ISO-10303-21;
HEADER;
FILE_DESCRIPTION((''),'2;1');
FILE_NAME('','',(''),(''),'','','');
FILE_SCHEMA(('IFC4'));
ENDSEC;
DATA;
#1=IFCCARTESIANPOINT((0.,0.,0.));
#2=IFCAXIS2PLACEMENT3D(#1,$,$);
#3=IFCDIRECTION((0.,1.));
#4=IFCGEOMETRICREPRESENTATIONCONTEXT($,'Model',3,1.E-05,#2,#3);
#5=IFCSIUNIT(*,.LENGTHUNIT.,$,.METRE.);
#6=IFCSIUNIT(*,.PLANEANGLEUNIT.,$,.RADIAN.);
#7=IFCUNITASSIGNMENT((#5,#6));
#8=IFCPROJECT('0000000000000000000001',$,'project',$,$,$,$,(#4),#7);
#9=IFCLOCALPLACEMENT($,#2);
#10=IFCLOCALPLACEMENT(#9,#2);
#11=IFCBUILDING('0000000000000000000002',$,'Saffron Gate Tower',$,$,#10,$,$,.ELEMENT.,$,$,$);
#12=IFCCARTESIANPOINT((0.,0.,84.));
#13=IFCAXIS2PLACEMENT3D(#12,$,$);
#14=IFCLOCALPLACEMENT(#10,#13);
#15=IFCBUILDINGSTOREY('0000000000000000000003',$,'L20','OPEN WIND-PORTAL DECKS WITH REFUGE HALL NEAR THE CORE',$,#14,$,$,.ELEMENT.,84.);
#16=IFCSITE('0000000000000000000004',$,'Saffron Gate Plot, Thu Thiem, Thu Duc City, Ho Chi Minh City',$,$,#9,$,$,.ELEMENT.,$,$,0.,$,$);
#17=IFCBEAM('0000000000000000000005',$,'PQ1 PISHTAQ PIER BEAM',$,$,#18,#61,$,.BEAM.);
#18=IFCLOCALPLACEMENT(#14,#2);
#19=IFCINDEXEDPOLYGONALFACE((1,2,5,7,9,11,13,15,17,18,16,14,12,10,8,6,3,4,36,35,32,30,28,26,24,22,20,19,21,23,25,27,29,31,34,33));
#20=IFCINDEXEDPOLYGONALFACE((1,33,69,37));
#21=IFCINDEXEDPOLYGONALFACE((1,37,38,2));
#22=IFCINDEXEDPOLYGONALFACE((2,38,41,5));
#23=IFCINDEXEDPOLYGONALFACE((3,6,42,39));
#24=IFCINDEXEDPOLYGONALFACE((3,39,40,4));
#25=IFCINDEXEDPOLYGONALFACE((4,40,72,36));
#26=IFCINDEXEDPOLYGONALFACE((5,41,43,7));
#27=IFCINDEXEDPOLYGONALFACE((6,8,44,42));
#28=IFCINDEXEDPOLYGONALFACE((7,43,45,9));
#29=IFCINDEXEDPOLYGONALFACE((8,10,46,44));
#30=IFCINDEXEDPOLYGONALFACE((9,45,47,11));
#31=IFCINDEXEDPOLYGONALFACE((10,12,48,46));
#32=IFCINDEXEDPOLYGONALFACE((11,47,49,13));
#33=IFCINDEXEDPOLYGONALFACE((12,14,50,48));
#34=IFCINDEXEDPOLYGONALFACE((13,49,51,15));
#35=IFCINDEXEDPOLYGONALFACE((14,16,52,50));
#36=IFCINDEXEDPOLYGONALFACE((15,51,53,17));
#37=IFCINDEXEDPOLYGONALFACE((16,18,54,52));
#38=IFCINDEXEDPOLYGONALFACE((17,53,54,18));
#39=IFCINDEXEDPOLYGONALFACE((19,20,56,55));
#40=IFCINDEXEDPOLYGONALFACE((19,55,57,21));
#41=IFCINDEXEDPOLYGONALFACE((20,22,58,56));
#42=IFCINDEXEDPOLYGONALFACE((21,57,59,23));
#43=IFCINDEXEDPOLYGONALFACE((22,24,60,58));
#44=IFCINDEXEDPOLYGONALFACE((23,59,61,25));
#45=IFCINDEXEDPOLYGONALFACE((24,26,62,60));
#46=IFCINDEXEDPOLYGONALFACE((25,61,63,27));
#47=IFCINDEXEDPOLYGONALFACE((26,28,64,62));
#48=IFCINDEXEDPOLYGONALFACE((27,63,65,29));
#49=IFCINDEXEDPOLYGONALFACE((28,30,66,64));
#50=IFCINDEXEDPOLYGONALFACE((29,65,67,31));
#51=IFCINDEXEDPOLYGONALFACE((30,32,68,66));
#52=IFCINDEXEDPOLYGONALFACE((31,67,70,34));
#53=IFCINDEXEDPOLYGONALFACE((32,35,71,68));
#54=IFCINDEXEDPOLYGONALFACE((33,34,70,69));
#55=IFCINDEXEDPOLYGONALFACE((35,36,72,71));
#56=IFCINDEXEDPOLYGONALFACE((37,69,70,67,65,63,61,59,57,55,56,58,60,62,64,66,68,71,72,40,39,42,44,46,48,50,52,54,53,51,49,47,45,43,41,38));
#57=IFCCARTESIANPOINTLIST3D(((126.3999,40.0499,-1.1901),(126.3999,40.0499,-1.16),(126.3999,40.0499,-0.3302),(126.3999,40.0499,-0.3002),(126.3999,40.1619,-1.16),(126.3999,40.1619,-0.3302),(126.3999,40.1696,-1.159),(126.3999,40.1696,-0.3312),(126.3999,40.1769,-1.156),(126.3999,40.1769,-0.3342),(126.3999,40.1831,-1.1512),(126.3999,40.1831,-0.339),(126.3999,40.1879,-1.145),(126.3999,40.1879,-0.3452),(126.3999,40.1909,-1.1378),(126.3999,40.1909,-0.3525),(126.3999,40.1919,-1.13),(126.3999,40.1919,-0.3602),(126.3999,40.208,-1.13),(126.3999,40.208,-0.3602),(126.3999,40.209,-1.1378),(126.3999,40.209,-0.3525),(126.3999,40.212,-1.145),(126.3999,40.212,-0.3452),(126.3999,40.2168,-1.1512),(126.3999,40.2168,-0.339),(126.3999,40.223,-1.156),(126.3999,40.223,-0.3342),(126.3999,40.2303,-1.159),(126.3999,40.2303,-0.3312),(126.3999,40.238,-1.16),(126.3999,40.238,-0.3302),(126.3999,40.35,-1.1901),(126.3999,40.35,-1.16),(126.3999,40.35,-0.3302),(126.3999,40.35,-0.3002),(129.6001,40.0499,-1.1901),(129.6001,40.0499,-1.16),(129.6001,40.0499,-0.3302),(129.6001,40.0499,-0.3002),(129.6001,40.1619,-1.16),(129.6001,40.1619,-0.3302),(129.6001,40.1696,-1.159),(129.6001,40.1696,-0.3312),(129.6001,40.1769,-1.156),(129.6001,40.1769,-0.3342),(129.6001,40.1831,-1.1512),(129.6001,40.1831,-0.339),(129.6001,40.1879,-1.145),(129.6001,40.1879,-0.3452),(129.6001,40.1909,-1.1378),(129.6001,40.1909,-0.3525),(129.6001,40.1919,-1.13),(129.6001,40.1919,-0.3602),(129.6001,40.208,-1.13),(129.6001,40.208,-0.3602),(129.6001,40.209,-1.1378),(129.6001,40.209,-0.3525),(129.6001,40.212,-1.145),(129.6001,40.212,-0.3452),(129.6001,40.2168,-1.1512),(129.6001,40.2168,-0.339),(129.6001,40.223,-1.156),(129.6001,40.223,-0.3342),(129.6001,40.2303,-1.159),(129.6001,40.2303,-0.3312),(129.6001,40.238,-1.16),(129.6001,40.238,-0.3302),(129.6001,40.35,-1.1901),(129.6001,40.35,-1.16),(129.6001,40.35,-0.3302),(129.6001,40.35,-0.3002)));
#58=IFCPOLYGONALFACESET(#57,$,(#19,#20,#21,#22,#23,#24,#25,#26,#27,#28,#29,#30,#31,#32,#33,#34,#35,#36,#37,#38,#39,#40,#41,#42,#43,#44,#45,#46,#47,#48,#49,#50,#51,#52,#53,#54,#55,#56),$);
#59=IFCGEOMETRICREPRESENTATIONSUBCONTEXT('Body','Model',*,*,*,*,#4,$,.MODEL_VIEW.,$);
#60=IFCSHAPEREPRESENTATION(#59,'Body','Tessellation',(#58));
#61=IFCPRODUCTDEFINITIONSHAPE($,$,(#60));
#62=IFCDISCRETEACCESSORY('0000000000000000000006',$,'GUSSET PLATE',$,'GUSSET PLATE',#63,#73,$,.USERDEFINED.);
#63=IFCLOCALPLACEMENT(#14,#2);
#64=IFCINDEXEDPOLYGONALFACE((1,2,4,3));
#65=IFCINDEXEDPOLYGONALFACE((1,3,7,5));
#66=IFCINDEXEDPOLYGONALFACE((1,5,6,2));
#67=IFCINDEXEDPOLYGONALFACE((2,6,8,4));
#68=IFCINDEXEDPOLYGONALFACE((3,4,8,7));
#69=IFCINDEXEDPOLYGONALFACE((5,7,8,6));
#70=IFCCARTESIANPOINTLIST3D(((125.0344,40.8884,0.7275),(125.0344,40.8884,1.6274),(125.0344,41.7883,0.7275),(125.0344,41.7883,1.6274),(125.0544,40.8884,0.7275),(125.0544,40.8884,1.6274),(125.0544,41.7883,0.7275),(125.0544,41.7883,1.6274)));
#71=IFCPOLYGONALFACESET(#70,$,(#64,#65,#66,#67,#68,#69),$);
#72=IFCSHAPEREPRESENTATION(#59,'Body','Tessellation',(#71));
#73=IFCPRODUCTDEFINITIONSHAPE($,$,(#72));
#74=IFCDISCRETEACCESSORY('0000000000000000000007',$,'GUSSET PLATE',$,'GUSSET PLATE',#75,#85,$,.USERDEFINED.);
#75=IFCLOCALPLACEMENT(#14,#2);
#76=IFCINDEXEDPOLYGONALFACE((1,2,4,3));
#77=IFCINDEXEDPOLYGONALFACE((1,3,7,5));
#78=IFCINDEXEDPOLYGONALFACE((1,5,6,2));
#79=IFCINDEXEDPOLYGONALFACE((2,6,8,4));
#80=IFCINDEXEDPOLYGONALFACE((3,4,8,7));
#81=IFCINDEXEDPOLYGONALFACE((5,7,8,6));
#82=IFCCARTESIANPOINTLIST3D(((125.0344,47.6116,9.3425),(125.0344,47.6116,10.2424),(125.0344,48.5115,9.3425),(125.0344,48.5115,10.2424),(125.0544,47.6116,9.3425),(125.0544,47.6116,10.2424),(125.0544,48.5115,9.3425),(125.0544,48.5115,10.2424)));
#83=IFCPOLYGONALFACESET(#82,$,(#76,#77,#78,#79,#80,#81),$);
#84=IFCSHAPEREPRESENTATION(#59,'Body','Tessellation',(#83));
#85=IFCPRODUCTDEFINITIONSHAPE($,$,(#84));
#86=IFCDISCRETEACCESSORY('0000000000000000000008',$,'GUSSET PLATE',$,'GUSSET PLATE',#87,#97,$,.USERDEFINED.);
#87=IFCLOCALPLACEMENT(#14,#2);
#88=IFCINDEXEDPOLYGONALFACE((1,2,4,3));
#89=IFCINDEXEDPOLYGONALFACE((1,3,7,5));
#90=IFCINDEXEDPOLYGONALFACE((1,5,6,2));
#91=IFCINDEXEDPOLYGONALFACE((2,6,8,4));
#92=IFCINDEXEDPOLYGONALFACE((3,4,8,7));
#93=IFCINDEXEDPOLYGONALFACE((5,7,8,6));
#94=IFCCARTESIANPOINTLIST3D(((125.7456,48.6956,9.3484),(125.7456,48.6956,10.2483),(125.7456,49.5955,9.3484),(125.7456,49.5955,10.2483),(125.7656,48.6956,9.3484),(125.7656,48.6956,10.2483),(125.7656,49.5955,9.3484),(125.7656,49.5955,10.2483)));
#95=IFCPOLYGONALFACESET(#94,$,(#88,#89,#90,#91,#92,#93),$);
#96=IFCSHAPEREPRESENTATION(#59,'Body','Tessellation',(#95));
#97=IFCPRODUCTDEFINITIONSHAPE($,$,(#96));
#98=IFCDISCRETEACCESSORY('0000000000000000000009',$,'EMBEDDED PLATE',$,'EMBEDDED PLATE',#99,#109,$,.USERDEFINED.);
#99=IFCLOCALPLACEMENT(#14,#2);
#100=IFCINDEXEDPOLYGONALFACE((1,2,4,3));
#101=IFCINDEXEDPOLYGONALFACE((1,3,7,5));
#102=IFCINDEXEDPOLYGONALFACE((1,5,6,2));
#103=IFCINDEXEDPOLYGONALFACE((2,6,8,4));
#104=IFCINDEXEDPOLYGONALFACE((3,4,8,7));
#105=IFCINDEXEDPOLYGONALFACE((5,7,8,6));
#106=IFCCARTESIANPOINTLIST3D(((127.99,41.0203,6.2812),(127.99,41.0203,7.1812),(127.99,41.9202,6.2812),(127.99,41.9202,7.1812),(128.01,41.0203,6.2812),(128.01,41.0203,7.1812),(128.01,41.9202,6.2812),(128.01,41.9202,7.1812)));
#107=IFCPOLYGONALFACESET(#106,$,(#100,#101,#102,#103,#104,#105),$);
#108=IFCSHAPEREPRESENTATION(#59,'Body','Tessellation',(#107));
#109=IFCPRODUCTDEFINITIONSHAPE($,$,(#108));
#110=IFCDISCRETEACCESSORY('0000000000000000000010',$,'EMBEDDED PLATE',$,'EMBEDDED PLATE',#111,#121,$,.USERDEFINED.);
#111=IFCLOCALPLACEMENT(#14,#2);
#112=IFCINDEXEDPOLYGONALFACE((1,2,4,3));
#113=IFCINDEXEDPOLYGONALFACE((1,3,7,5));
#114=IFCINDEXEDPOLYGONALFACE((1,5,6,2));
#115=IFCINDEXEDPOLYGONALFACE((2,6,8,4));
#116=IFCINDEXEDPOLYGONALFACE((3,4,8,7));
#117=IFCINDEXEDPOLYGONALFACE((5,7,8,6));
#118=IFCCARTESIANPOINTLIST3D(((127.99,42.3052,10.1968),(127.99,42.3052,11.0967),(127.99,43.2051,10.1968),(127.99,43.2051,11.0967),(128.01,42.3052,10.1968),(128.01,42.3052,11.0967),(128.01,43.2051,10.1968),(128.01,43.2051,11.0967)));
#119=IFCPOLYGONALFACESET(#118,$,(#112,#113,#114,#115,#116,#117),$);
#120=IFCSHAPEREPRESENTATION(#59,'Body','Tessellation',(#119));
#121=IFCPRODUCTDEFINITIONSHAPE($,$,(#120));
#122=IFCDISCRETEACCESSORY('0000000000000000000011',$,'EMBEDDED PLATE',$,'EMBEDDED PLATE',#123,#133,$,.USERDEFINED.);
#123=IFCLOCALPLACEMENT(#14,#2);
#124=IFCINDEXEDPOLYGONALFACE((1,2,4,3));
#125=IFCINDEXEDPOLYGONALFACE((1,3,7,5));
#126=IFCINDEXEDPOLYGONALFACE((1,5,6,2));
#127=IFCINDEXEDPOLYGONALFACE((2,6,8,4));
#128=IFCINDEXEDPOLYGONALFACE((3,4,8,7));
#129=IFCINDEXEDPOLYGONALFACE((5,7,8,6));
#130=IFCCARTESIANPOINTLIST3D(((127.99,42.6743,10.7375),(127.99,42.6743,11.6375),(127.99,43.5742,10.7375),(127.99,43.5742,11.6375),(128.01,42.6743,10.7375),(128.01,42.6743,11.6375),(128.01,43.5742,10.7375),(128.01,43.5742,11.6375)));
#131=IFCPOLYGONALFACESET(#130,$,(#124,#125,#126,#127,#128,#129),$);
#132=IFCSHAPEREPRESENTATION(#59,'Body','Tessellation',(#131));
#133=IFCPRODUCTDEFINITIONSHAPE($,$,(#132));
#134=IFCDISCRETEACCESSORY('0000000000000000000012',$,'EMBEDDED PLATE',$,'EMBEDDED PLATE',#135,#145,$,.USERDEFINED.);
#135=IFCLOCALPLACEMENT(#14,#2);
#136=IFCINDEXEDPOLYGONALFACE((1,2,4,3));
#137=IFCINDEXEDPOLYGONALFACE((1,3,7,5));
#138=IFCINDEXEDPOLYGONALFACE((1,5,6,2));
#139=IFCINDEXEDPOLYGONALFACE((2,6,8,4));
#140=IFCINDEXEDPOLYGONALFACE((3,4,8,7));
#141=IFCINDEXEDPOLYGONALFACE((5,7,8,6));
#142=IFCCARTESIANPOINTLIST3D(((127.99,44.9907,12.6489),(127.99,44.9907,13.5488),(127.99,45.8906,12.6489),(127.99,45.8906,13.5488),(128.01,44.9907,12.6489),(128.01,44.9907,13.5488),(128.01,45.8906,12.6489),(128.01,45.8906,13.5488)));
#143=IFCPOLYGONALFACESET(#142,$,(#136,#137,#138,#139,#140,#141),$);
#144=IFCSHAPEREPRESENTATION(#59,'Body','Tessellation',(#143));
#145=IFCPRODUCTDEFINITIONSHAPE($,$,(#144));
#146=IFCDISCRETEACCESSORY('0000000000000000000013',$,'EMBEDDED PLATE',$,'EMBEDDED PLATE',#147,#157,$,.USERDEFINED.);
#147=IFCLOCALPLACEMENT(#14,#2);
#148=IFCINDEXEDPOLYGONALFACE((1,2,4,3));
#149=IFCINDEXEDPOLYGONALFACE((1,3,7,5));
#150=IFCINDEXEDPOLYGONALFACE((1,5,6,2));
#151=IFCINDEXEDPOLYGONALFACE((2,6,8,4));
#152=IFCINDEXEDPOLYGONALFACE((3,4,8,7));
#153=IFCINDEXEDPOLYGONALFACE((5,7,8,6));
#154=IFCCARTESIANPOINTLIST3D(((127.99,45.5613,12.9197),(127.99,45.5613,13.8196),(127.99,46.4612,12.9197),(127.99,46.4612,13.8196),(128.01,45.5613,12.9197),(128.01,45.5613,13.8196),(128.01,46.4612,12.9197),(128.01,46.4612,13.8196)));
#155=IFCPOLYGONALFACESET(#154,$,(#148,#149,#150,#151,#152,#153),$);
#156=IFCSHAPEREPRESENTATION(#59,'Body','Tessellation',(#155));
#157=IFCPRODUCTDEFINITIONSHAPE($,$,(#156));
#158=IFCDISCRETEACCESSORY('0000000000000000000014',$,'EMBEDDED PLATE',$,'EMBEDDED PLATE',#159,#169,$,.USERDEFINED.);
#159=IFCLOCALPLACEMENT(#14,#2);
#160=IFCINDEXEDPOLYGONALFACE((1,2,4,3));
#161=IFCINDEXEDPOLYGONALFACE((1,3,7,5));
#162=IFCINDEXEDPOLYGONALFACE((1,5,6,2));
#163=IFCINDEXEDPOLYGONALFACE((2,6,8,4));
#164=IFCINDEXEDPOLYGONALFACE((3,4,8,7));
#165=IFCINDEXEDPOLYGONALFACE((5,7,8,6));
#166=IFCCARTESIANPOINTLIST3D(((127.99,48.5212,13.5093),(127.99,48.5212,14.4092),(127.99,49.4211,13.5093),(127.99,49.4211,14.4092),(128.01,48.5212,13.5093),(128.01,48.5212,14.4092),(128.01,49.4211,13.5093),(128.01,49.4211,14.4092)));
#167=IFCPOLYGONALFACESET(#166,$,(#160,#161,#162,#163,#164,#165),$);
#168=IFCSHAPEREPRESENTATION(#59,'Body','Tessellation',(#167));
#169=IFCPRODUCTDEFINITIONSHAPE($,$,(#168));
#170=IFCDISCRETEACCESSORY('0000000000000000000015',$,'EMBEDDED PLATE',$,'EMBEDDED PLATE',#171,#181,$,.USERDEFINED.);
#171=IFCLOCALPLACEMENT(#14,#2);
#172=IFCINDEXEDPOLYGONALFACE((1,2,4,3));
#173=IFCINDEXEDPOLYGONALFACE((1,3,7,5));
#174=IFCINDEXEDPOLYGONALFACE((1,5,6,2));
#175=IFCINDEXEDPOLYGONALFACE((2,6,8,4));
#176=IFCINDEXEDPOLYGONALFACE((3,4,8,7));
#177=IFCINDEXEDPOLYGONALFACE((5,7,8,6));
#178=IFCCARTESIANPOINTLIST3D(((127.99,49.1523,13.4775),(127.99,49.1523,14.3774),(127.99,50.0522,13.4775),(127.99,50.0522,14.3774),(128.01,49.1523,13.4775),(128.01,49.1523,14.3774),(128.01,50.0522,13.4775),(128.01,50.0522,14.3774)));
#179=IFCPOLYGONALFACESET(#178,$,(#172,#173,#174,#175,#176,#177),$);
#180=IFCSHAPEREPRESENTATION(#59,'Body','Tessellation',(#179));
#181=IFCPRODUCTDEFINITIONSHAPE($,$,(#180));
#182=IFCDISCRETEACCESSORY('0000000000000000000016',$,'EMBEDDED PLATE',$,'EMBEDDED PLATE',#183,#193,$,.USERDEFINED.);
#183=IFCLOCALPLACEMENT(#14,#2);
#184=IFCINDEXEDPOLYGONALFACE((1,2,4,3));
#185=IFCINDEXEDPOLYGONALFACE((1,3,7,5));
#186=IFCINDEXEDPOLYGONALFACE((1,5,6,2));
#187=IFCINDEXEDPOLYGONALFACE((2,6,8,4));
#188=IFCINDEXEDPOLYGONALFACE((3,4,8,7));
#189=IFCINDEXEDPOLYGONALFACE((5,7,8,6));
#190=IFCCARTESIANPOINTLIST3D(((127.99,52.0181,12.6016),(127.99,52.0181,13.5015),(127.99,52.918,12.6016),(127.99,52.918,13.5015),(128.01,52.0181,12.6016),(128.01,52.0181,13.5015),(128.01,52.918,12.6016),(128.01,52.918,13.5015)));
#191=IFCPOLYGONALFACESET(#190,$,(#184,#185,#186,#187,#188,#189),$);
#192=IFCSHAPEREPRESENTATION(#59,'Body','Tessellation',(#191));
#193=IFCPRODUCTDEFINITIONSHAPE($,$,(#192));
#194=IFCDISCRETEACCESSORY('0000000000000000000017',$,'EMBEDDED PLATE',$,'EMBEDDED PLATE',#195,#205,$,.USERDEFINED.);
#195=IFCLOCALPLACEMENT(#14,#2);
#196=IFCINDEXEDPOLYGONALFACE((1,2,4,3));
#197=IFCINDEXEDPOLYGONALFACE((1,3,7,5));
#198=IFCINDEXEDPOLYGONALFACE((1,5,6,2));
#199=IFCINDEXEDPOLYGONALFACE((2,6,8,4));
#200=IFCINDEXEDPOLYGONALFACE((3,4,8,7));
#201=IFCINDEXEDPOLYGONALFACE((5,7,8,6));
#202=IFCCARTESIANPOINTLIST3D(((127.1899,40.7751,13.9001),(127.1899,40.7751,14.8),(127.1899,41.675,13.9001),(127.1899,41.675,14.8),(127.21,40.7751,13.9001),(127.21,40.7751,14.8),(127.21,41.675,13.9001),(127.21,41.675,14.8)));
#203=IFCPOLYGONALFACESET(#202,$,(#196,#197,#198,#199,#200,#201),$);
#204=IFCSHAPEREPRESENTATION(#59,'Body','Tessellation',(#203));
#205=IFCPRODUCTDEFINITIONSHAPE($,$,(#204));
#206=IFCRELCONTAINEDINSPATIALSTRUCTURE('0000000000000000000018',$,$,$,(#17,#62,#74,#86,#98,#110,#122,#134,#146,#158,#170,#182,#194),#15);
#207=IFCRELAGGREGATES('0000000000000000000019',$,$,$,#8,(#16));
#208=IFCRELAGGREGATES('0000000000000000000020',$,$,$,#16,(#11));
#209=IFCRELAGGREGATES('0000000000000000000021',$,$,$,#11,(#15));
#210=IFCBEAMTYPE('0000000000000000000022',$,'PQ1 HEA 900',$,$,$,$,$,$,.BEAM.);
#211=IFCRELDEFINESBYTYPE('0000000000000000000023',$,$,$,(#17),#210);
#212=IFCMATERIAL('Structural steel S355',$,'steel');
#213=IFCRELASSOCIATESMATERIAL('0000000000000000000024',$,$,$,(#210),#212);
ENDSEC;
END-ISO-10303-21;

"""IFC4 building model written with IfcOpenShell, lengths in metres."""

from ifc_helpers import new_model, si_unit, direction, frame, origin, origin_2d, place, context, subcontext, project, spatial, rectangle, i_section, extrude, material, material_profile, profile_set, type_object, element, save


model = new_model("IFC4")

# Units and contexts
model_context = context("Model", 3, precision=1e-05, world=origin(), true_north=direction((0.0, 1.0)))
body_context = subcontext(model_context, "Body", "Model", "MODEL_VIEW")
ifc_project = project(units=[si_unit("LENGTHUNIT", "METRE"), si_unit("PLANEANGLEUNIT", "RADIAN")], contexts=[model_context])

# Site, building, storey
site_placement = place(None, origin())
site = spatial("IfcSite", under=ifc_project, at=site_placement, Name="Saffron Gate Plot, Thu Thiem, Thu Duc City, Ho Chi Minh City", CompositionType="ELEMENT", RefElevation=0.0)
building_placement = place(site_placement, origin())
building = spatial("IfcBuilding", under=site, at=building_placement, Name="Saffron Gate Tower", CompositionType="ELEMENT")
storey_placement = place(building_placement, frame((0.0, 0.0, 84.0)))
storey = spatial("IfcBuildingStorey", under=building, at=storey_placement, Name="L20", Description="OPEN WIND-PORTAL DECKS WITH REFUGE HALL NEAR THE CORE", CompositionType="ELEMENT", Elevation=84.0)

# Shared definitions
ifc_material_1 = material(Name="Structural steel S355", Category="steel")

# Beam
ifc_material_profile_1 = material_profile(ifc_material_1, i_section(OverallWidth=0.3, OverallDepth=0.8899, WebThickness=0.0161, FlangeThickness=0.03, FilletRadius=0.03, at=origin_2d()))
ifc_profile_set_1 = profile_set([ifc_material_profile_1], Name="Structural steel S355")
beam_type_1 = type_object("IfcBeamType", Name="PQ1 HEA 900", PredefinedType="BEAM", material=ifc_profile_set_1)
beam_1_placement = place(storey_placement, frame((129.6001, 40.2, -0.7451), z_axis=(-1.0, 0.0, 0.0), x_axis=(0.0, -1.0, 0.0)))
element("IfcBeam", 1, at=beam_1_placement, inside=storey, type_object=beam_type_1, Name="PQ1 PISHTAQ PIER BEAM", PredefinedType="BEAM", context=body_context, shape_type="SweptSolid", body=[
    extrude(i_section(OverallWidth=0.3, OverallDepth=0.8899, WebThickness=0.0161, FlangeThickness=0.03, FilletRadius=0.03, at=origin_2d()), origin(), (0.0, 0.0, 1.0), 3.2002),
])

# Discrete accessories
for number, where, z_axis, x_axis, name in (
    (2, (125.0444, 41.3384, 0.7275), (0.0, 0.0, 1.0), (0.0, 1.0, 0.0), "GUSSET PLATE"),
    (3, (125.0444, 48.0615, 9.3425), (0.0, 0.0, 1.0), (0.0, 1.0, 0.0), "GUSSET PLATE"),
    (4, (125.7556, 49.1455, 9.3484), (0.0, 0.0, 1.0), (0.0, -1.0, 0.0), "GUSSET PLATE"),
):
    element("IfcDiscreteAccessory", number, at=place(storey_placement, frame(where, z_axis=z_axis, x_axis=x_axis)), inside=storey, Name=name, ObjectType="GUSSET PLATE", PredefinedType="USERDEFINED", context=body_context, shape_type="SweptSolid", body=[
        extrude(rectangle(XDim=0.8999, YDim=0.02, at=origin_2d()), origin(), (0.0, 0.0, 1.0), 0.8999),
    ])
for number, where, z_axis, x_axis, name in (
    (5, (128.0, 41.4702, 6.2812), (0.0, 0.0, 1.0), (0.0, 1.0, 0.0), "EMBEDDED PLATE"),
    (6, (128.0, 42.7551, 10.1968), (0.0, 0.0, 1.0), (0.0, 1.0, 0.0), "EMBEDDED PLATE"),
    (7, (128.0, 43.1243, 10.7375), (0.0, 0.0, 1.0), (0.0, 1.0, 0.0), "EMBEDDED PLATE"),
    (8, (128.0, 45.4407, 12.6489), (0.0, 0.0, 1.0), (0.0, 1.0, 0.0), "EMBEDDED PLATE"),
    (9, (128.0, 46.0112, 12.9197), (0.0, 0.0, 1.0), (0.0, 1.0, 0.0), "EMBEDDED PLATE"),
    (10, (128.0, 48.9712, 13.5093), (0.0, 0.0, 1.0), (0.0, 1.0, 0.0), "EMBEDDED PLATE"),
    (11, (128.0, 49.6023, 13.4775), (0.0, 0.0, 1.0), (0.0, 1.0, 0.0), "EMBEDDED PLATE"),
    (12, (128.0, 52.468, 12.6016), (0.0, 0.0, 1.0), (0.0, 1.0, 0.0), "EMBEDDED PLATE"),
    (13, (127.2, 41.2251, 13.9001), (0.0, 0.0, 1.0), (0.0, 1.0, 0.0), "EMBEDDED PLATE"),
):
    element("IfcDiscreteAccessory", number, at=place(storey_placement, frame(where, z_axis=z_axis, x_axis=x_axis)), inside=storey, Name=name, ObjectType="EMBEDDED PLATE", PredefinedType="USERDEFINED", context=body_context, shape_type="SweptSolid", body=[
        extrude(rectangle(XDim=0.8999, YDim=0.02, at=origin_2d()), origin(), (0.0, 0.0, 1.0), 0.8999),
    ])

save(model, "model.ifc")
